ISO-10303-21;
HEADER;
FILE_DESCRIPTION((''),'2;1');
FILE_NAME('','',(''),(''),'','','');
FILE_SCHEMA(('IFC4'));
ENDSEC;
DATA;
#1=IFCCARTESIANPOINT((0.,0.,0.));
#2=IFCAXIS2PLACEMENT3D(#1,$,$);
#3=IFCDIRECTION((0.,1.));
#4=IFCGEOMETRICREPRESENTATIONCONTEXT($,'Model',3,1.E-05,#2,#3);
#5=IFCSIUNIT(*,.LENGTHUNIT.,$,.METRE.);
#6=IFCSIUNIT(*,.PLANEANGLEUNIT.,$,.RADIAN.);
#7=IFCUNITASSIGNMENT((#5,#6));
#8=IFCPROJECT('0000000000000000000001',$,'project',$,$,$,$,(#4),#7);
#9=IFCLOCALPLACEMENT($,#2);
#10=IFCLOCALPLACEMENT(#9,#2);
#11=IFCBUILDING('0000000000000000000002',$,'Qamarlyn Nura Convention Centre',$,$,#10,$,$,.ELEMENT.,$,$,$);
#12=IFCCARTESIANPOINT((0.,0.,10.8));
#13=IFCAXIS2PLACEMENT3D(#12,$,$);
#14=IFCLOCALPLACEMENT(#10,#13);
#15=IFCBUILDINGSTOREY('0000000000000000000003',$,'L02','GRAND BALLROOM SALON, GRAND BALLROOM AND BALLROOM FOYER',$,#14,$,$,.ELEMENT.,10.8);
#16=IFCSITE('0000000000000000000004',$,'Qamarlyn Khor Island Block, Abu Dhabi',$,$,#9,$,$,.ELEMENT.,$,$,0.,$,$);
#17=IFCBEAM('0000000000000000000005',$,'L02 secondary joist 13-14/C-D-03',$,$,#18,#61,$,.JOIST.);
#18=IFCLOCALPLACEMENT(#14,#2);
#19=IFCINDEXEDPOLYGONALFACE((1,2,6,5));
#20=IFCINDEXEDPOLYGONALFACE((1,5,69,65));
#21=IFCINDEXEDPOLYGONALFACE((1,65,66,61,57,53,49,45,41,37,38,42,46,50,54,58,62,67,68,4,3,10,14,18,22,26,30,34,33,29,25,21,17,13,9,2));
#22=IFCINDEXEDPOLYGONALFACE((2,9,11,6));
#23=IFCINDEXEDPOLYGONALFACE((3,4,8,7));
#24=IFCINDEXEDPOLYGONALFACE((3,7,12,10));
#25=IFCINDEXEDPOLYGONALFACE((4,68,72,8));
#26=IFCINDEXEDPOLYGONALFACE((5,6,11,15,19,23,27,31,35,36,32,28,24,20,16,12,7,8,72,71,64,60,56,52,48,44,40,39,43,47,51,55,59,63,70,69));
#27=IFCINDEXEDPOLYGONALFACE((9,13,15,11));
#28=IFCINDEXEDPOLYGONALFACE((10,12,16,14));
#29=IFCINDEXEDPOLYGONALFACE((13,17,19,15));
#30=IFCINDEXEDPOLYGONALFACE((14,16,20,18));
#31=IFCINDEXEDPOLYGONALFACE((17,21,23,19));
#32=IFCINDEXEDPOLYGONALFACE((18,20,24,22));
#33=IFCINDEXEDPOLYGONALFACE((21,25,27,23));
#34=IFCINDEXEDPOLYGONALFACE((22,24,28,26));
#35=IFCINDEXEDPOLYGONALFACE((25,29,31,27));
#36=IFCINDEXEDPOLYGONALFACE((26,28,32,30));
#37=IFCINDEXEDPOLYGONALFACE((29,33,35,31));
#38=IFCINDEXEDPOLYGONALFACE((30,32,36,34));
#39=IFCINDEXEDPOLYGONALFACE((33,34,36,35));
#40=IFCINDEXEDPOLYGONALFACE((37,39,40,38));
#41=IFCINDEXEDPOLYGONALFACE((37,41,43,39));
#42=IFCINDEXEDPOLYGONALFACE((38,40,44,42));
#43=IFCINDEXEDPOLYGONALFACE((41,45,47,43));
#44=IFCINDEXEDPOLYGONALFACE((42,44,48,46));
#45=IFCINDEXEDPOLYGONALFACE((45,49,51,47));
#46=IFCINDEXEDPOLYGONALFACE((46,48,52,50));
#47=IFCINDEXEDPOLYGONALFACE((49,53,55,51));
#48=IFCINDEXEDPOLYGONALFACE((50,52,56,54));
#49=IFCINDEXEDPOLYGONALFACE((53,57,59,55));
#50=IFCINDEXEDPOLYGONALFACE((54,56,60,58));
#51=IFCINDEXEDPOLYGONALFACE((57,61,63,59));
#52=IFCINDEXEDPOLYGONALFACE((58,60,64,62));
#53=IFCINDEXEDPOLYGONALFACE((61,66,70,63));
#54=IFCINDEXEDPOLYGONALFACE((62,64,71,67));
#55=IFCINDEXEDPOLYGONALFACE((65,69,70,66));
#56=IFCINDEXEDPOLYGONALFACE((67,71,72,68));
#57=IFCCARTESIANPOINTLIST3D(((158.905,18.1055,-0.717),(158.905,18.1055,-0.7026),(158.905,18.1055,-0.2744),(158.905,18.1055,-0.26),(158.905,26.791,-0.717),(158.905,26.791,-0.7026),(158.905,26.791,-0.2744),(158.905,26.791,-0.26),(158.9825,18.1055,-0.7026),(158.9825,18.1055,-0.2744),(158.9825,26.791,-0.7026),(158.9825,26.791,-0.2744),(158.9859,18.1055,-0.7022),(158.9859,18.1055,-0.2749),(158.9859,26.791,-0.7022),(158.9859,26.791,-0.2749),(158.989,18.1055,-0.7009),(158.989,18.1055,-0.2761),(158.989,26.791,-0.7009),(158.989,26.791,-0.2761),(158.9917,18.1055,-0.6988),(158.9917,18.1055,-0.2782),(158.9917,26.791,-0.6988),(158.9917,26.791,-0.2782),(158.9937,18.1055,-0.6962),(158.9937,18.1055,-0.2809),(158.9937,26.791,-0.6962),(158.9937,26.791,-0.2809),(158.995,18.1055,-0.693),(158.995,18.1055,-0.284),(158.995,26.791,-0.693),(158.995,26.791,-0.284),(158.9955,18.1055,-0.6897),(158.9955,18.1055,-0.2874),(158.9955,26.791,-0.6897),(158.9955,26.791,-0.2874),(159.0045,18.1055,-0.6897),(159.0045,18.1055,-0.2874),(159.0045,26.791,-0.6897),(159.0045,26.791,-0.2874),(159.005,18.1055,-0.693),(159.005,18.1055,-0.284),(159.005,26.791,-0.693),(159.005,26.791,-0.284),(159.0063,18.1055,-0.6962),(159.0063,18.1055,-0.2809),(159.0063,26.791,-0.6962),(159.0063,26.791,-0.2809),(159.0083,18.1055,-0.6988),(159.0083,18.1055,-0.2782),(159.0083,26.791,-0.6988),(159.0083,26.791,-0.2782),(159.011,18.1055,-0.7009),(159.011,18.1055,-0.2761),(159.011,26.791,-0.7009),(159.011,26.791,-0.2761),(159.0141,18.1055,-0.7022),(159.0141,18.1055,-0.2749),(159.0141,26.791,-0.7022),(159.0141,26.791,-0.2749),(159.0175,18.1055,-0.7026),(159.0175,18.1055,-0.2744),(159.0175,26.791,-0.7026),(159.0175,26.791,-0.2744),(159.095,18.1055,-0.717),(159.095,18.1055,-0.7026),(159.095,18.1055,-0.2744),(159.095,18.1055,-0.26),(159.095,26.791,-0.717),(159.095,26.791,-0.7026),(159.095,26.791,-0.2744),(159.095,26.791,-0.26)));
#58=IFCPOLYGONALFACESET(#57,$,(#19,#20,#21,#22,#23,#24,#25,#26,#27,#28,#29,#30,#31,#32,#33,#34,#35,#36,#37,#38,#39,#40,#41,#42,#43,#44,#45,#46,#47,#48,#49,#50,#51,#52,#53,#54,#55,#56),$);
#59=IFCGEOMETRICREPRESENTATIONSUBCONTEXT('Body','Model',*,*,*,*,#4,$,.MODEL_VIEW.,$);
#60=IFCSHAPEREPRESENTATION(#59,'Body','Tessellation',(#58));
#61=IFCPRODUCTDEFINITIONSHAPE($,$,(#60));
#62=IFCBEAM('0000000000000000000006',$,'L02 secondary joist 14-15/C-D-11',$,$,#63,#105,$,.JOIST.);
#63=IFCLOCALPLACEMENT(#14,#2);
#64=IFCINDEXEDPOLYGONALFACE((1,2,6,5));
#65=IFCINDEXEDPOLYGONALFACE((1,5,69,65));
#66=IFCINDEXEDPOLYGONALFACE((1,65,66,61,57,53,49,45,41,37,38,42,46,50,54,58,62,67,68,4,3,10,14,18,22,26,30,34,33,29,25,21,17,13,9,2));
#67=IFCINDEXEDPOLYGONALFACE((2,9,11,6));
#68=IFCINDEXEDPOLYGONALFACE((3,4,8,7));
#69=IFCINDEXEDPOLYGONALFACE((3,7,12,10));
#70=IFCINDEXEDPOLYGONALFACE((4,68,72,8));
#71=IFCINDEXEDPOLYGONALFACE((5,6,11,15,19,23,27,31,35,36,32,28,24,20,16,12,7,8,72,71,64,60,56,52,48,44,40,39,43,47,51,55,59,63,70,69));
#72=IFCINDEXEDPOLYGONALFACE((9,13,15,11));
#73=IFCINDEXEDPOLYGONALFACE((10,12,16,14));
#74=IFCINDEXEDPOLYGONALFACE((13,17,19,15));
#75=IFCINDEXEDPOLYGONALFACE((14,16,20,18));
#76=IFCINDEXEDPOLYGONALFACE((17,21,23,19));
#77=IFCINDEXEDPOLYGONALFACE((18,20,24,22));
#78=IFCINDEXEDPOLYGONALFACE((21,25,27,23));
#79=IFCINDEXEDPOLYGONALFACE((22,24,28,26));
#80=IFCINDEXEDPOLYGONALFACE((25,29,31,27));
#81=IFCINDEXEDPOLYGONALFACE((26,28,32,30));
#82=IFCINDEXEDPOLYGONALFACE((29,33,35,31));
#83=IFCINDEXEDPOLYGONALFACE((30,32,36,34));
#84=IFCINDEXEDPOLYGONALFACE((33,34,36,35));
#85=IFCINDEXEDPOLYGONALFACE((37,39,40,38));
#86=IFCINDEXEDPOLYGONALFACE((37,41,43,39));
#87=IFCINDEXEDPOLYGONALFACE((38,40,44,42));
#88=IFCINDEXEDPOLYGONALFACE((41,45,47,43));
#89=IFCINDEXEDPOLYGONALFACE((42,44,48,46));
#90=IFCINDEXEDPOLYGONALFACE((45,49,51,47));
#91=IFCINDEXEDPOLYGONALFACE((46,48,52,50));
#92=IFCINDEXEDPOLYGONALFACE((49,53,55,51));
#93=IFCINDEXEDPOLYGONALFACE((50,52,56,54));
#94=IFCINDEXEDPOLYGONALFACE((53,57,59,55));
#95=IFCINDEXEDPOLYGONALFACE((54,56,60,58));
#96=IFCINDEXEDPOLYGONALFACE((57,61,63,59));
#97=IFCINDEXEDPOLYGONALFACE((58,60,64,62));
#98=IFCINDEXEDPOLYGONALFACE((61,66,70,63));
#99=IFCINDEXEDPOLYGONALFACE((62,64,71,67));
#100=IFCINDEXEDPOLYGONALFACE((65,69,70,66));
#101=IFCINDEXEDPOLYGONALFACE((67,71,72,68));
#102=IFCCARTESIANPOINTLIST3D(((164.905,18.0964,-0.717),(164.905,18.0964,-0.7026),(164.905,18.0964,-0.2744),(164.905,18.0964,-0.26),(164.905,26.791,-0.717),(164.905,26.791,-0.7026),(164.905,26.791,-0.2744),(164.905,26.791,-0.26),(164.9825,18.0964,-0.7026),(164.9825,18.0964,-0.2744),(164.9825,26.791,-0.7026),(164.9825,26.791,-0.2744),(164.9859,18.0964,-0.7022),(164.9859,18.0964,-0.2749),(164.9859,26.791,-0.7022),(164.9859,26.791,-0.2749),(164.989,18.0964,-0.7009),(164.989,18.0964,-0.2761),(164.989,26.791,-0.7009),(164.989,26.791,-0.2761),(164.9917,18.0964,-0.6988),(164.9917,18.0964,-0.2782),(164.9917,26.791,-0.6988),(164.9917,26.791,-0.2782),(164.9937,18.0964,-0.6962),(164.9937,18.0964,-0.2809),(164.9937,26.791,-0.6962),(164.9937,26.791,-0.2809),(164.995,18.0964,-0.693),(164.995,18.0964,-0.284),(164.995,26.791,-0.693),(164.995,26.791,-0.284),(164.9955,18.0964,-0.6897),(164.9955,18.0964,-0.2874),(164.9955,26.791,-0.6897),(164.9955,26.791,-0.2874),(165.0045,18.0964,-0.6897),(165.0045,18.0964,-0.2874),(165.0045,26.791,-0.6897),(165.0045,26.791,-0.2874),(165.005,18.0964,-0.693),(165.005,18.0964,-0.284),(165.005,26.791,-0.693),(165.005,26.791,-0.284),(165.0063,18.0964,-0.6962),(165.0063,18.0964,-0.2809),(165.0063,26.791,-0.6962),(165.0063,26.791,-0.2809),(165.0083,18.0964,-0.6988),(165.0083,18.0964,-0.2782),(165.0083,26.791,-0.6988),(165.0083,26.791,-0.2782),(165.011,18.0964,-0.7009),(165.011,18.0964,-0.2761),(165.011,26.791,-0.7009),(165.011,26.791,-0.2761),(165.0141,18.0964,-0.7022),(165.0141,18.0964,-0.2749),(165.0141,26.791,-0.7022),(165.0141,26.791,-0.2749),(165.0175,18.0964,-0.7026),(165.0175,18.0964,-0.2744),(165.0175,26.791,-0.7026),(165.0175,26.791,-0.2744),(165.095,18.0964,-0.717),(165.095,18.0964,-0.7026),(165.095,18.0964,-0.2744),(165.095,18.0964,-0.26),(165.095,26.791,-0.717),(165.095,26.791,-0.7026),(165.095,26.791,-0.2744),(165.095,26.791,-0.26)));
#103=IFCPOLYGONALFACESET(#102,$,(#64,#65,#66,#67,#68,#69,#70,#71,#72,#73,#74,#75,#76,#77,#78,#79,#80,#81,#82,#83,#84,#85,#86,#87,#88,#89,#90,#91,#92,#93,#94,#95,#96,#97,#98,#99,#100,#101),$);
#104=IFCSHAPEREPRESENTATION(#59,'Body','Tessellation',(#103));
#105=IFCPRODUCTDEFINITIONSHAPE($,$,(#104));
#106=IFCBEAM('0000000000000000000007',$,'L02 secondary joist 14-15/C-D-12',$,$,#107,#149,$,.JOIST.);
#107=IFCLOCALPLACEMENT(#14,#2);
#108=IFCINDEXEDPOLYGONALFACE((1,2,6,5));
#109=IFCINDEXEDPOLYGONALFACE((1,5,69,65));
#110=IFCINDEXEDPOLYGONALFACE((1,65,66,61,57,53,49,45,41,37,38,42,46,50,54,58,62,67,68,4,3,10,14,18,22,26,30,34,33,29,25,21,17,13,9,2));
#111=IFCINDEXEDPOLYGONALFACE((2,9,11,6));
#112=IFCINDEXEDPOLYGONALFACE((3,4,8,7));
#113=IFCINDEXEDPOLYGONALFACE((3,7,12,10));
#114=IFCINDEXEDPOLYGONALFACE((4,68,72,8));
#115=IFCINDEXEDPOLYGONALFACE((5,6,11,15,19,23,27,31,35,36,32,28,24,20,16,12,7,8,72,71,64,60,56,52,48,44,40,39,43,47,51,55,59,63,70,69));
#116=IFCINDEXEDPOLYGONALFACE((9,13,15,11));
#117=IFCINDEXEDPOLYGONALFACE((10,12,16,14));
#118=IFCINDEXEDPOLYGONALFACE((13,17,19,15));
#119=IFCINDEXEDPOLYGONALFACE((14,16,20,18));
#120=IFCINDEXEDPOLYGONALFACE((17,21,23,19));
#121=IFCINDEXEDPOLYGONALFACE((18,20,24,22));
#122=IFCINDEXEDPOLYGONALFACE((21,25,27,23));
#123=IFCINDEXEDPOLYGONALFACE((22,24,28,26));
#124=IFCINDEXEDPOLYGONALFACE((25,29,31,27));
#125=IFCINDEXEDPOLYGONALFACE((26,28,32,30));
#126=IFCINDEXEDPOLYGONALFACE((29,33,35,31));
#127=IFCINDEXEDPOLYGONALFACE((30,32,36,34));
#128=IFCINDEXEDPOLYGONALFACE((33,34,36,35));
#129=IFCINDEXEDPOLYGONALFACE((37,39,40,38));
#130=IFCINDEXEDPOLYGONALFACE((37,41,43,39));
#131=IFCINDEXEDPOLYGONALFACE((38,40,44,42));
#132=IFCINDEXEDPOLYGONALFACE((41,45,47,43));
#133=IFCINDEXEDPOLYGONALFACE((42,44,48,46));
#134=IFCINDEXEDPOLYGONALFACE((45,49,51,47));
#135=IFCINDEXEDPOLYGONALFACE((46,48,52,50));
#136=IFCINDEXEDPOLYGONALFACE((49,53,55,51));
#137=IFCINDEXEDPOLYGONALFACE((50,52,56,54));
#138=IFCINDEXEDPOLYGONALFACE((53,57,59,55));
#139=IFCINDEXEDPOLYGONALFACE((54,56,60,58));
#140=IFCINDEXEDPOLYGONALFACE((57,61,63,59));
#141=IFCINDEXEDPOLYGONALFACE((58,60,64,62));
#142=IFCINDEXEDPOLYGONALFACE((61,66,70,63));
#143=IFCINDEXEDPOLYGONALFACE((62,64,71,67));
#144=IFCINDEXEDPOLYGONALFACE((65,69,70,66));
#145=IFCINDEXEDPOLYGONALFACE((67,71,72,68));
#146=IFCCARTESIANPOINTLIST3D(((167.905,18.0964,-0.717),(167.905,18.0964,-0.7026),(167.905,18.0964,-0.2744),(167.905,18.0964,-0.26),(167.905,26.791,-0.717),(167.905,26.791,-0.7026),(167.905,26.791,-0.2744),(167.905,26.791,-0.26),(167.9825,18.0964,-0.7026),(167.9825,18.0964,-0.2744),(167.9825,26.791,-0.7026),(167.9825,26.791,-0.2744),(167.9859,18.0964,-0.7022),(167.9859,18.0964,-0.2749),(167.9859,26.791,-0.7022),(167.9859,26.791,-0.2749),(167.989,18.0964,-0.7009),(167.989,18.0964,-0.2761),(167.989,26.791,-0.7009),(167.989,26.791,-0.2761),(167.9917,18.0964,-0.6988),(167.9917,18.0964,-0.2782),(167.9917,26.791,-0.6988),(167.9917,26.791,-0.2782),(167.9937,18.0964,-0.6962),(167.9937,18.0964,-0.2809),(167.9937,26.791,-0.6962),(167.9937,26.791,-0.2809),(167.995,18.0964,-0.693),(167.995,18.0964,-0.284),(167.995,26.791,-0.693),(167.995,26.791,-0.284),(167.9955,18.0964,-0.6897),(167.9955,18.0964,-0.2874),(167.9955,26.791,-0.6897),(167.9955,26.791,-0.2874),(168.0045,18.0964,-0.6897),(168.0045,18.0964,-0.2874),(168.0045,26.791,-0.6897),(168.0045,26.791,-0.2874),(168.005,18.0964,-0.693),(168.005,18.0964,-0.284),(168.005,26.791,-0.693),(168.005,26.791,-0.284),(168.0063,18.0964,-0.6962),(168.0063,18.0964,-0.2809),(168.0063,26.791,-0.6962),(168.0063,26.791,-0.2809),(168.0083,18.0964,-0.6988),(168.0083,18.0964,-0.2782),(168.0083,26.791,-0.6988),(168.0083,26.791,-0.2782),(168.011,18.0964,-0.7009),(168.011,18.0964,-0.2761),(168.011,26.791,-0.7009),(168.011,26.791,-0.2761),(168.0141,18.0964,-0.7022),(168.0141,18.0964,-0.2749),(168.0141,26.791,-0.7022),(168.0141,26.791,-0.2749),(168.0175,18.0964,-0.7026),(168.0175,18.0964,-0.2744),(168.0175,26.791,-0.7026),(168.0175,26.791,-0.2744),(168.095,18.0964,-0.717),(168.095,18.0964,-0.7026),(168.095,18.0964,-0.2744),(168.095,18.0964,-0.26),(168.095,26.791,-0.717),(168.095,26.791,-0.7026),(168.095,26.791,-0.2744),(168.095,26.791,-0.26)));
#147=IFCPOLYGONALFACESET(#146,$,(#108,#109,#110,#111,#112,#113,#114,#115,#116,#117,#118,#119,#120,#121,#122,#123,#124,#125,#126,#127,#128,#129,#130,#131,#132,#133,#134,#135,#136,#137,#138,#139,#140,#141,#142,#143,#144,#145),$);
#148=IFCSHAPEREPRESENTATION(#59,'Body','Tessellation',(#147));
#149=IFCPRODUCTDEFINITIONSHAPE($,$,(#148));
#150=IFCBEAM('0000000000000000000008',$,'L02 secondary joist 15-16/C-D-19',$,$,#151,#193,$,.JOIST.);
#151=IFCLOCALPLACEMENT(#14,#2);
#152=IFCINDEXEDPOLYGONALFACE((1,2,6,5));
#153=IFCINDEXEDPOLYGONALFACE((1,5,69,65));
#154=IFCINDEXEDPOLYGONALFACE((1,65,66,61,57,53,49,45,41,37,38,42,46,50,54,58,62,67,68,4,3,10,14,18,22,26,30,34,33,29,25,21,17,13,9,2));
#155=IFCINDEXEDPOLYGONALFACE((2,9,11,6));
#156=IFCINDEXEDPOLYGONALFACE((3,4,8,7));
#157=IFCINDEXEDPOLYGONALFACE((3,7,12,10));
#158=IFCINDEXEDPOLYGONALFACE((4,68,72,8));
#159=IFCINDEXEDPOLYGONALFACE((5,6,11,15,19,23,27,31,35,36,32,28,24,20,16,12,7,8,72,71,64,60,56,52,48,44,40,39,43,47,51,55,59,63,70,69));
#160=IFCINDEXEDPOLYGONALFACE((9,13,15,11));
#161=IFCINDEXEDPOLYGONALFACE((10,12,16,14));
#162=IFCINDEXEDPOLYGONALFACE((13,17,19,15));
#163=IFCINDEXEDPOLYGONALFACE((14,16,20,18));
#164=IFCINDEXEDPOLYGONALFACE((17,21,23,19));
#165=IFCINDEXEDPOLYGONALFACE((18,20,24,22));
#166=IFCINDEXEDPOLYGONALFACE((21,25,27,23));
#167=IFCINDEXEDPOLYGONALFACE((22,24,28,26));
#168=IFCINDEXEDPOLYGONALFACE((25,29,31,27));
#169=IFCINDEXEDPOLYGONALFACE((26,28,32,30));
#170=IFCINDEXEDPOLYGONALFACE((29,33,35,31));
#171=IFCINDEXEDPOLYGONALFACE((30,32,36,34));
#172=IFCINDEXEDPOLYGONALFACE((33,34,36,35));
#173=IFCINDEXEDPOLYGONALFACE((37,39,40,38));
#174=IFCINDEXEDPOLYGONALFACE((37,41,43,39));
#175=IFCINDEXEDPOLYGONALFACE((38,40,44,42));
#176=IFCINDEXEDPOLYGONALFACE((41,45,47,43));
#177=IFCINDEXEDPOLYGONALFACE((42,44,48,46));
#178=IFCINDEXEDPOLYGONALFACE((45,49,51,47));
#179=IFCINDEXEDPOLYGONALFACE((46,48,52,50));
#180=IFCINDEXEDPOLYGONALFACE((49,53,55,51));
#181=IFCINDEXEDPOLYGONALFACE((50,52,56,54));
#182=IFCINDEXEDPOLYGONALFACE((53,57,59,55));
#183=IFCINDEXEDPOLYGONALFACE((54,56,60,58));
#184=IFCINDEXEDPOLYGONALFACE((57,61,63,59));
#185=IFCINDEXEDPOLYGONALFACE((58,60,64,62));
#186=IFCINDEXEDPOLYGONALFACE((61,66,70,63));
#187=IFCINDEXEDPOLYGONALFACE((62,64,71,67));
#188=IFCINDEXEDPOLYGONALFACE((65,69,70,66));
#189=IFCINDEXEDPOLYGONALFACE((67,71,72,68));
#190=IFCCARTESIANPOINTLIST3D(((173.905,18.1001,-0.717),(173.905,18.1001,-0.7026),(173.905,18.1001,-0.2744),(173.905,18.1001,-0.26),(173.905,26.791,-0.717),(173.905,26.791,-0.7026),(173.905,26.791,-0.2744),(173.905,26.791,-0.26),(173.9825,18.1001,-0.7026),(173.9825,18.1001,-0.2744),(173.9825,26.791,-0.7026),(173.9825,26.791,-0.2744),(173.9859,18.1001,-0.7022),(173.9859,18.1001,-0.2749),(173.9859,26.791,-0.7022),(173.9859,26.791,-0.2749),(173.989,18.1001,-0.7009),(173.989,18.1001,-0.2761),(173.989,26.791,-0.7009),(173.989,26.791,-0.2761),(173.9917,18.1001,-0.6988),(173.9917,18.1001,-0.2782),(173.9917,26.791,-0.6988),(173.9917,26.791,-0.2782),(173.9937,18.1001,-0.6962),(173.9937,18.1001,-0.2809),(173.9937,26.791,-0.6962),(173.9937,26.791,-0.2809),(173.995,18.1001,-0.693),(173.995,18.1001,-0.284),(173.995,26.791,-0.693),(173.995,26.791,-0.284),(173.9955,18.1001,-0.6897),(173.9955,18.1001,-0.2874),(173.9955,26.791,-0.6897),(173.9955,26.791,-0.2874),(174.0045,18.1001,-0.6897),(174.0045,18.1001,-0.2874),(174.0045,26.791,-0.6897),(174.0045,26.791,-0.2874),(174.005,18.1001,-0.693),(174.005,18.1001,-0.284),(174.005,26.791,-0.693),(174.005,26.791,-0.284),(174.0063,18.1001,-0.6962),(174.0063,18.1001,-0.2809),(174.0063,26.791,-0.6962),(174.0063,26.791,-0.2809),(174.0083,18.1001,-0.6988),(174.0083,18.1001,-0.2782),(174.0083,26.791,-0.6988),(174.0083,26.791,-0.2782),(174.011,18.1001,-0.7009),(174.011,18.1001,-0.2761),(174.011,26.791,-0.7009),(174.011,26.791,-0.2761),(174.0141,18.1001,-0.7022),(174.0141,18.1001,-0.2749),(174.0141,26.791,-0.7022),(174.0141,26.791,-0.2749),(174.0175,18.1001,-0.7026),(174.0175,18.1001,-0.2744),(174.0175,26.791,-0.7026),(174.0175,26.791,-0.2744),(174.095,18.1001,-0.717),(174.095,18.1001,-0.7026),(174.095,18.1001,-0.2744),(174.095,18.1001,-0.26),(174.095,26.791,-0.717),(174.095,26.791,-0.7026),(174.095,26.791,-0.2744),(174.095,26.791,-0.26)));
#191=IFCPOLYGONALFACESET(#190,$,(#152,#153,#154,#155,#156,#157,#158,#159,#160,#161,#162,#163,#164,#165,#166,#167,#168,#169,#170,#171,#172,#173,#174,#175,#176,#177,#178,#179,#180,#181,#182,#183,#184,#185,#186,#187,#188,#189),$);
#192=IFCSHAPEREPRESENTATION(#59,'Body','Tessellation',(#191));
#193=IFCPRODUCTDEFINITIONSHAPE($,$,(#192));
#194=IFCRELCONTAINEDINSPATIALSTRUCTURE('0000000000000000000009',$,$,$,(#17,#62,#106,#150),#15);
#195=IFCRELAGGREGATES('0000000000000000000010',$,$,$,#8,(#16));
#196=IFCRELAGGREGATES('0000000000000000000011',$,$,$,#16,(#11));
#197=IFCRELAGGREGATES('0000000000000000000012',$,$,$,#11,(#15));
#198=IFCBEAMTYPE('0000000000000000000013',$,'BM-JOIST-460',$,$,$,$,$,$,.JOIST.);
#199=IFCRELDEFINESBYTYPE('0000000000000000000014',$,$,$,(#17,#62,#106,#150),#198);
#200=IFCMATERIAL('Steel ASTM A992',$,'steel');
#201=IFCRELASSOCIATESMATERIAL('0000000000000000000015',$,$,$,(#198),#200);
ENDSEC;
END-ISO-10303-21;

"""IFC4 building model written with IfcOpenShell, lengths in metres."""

from ifc_helpers import new_model, si_unit, direction, frame, origin, origin_2d, place, context, subcontext, project, spatial, i_section, extrude, material, material_profile, profile_set, type_object, element, save


model = new_model("IFC4")

# Units and contexts
model_context = context("Model", 3, precision=1e-05, world=origin(), true_north=direction((0.0, 1.0)))
body_context = subcontext(model_context, "Body", "Model", "MODEL_VIEW")
ifc_project = project(units=[si_unit("LENGTHUNIT", "METRE"), si_unit("PLANEANGLEUNIT", "RADIAN")], contexts=[model_context])

# Site, building, storey
site_placement = place(None, origin())
site = spatial("IfcSite", under=ifc_project, at=site_placement, Name="Qamarlyn Khor Island Block, Abu Dhabi", CompositionType="ELEMENT", RefElevation=0.0)
building_placement = place(site_placement, origin())
building = spatial("IfcBuilding", under=site, at=building_placement, Name="Qamarlyn Nura Convention Centre", CompositionType="ELEMENT")
storey_placement = place(building_placement, frame((0.0, 0.0, 10.8)))
storey = spatial("IfcBuildingStorey", under=building, at=storey_placement, Name="L02", Description="GRAND BALLROOM SALON, GRAND BALLROOM AND BALLROOM FOYER", CompositionType="ELEMENT", Elevation=10.8)

# Shared definitions
ifc_material_1 = material(Name="Steel ASTM A992", Category="steel")

# Beams
ifc_material_profile_1 = material_profile(ifc_material_1, i_section(OverallWidth=0.1899, OverallDepth=0.457, WebThickness=0.009, FlangeThickness=0.0144, FilletRadius=0.0129, at=origin_2d()), Name="W460X74")
ifc_profile_set_1 = profile_set([ifc_material_profile_1], Name="Steel ASTM A992")
beam_type_1 = type_object("IfcBeamType", Name="BM-JOIST-460", PredefinedType="JOIST", material=ifc_profile_set_1)
beam_1_placement = place(storey_placement, frame((159.0, 18.1055, -0.4885), z_axis=(0.0, 1.0, 0.0), x_axis=(-1.0, 0.0, 0.0)))
element("IfcBeam", 1, at=beam_1_placement, inside=storey, type_object=beam_type_1, Name="L02 secondary joist 13-14/C-D-03", PredefinedType="JOIST", context=body_context, shape_type="SweptSolid", body=[
    extrude(i_section(OverallWidth=0.1899, OverallDepth=0.457, WebThickness=0.009, FlangeThickness=0.0144, FilletRadius=0.0129, at=origin_2d()), origin(), (0.0, 0.0, 1.0), 8.6855),
])
for number, where, z_axis, x_axis, name in (
    (2, (165.0, 18.0964, -0.4885), (0.0, 1.0, 0.0), (-1.0, 0.0, 0.0), "L02 secondary joist 14-15/C-D-11"),
    (3, (168.0, 18.0964, -0.4885), (0.0, 1.0, 0.0), (-1.0, 0.0, 0.0), "L02 secondary joist 14-15/C-D-12"),
):
    element("IfcBeam", number, at=place(storey_placement, frame(where, z_axis=z_axis, x_axis=x_axis)), inside=storey, type_object=beam_type_1, Name=name, PredefinedType="JOIST", context=body_context, shape_type="SweptSolid", body=[
        extrude(i_section(OverallWidth=0.1899, OverallDepth=0.457, WebThickness=0.009, FlangeThickness=0.0144, FilletRadius=0.0129, at=origin_2d()), origin(), (0.0, 0.0, 1.0), 8.6946),
    ])
for number, where, z_axis, x_axis, name in (
    (4, (174.0, 18.1001, -0.4885), (0.0, 1.0, 0.0), (-1.0, 0.0, 0.0), "L02 secondary joist 15-16/C-D-19"),
):
    element("IfcBeam", number, at=place(storey_placement, frame(where, z_axis=z_axis, x_axis=x_axis)), inside=storey, type_object=beam_type_1, Name=name, PredefinedType="JOIST", context=body_context, shape_type="SweptSolid", body=[
        extrude(i_section(OverallWidth=0.1899, OverallDepth=0.457, WebThickness=0.009, FlangeThickness=0.0144, FilletRadius=0.0129, at=origin_2d()), origin(), (0.0, 0.0, 1.0), 8.6909),
    ])

save(model, "model.ifc")
